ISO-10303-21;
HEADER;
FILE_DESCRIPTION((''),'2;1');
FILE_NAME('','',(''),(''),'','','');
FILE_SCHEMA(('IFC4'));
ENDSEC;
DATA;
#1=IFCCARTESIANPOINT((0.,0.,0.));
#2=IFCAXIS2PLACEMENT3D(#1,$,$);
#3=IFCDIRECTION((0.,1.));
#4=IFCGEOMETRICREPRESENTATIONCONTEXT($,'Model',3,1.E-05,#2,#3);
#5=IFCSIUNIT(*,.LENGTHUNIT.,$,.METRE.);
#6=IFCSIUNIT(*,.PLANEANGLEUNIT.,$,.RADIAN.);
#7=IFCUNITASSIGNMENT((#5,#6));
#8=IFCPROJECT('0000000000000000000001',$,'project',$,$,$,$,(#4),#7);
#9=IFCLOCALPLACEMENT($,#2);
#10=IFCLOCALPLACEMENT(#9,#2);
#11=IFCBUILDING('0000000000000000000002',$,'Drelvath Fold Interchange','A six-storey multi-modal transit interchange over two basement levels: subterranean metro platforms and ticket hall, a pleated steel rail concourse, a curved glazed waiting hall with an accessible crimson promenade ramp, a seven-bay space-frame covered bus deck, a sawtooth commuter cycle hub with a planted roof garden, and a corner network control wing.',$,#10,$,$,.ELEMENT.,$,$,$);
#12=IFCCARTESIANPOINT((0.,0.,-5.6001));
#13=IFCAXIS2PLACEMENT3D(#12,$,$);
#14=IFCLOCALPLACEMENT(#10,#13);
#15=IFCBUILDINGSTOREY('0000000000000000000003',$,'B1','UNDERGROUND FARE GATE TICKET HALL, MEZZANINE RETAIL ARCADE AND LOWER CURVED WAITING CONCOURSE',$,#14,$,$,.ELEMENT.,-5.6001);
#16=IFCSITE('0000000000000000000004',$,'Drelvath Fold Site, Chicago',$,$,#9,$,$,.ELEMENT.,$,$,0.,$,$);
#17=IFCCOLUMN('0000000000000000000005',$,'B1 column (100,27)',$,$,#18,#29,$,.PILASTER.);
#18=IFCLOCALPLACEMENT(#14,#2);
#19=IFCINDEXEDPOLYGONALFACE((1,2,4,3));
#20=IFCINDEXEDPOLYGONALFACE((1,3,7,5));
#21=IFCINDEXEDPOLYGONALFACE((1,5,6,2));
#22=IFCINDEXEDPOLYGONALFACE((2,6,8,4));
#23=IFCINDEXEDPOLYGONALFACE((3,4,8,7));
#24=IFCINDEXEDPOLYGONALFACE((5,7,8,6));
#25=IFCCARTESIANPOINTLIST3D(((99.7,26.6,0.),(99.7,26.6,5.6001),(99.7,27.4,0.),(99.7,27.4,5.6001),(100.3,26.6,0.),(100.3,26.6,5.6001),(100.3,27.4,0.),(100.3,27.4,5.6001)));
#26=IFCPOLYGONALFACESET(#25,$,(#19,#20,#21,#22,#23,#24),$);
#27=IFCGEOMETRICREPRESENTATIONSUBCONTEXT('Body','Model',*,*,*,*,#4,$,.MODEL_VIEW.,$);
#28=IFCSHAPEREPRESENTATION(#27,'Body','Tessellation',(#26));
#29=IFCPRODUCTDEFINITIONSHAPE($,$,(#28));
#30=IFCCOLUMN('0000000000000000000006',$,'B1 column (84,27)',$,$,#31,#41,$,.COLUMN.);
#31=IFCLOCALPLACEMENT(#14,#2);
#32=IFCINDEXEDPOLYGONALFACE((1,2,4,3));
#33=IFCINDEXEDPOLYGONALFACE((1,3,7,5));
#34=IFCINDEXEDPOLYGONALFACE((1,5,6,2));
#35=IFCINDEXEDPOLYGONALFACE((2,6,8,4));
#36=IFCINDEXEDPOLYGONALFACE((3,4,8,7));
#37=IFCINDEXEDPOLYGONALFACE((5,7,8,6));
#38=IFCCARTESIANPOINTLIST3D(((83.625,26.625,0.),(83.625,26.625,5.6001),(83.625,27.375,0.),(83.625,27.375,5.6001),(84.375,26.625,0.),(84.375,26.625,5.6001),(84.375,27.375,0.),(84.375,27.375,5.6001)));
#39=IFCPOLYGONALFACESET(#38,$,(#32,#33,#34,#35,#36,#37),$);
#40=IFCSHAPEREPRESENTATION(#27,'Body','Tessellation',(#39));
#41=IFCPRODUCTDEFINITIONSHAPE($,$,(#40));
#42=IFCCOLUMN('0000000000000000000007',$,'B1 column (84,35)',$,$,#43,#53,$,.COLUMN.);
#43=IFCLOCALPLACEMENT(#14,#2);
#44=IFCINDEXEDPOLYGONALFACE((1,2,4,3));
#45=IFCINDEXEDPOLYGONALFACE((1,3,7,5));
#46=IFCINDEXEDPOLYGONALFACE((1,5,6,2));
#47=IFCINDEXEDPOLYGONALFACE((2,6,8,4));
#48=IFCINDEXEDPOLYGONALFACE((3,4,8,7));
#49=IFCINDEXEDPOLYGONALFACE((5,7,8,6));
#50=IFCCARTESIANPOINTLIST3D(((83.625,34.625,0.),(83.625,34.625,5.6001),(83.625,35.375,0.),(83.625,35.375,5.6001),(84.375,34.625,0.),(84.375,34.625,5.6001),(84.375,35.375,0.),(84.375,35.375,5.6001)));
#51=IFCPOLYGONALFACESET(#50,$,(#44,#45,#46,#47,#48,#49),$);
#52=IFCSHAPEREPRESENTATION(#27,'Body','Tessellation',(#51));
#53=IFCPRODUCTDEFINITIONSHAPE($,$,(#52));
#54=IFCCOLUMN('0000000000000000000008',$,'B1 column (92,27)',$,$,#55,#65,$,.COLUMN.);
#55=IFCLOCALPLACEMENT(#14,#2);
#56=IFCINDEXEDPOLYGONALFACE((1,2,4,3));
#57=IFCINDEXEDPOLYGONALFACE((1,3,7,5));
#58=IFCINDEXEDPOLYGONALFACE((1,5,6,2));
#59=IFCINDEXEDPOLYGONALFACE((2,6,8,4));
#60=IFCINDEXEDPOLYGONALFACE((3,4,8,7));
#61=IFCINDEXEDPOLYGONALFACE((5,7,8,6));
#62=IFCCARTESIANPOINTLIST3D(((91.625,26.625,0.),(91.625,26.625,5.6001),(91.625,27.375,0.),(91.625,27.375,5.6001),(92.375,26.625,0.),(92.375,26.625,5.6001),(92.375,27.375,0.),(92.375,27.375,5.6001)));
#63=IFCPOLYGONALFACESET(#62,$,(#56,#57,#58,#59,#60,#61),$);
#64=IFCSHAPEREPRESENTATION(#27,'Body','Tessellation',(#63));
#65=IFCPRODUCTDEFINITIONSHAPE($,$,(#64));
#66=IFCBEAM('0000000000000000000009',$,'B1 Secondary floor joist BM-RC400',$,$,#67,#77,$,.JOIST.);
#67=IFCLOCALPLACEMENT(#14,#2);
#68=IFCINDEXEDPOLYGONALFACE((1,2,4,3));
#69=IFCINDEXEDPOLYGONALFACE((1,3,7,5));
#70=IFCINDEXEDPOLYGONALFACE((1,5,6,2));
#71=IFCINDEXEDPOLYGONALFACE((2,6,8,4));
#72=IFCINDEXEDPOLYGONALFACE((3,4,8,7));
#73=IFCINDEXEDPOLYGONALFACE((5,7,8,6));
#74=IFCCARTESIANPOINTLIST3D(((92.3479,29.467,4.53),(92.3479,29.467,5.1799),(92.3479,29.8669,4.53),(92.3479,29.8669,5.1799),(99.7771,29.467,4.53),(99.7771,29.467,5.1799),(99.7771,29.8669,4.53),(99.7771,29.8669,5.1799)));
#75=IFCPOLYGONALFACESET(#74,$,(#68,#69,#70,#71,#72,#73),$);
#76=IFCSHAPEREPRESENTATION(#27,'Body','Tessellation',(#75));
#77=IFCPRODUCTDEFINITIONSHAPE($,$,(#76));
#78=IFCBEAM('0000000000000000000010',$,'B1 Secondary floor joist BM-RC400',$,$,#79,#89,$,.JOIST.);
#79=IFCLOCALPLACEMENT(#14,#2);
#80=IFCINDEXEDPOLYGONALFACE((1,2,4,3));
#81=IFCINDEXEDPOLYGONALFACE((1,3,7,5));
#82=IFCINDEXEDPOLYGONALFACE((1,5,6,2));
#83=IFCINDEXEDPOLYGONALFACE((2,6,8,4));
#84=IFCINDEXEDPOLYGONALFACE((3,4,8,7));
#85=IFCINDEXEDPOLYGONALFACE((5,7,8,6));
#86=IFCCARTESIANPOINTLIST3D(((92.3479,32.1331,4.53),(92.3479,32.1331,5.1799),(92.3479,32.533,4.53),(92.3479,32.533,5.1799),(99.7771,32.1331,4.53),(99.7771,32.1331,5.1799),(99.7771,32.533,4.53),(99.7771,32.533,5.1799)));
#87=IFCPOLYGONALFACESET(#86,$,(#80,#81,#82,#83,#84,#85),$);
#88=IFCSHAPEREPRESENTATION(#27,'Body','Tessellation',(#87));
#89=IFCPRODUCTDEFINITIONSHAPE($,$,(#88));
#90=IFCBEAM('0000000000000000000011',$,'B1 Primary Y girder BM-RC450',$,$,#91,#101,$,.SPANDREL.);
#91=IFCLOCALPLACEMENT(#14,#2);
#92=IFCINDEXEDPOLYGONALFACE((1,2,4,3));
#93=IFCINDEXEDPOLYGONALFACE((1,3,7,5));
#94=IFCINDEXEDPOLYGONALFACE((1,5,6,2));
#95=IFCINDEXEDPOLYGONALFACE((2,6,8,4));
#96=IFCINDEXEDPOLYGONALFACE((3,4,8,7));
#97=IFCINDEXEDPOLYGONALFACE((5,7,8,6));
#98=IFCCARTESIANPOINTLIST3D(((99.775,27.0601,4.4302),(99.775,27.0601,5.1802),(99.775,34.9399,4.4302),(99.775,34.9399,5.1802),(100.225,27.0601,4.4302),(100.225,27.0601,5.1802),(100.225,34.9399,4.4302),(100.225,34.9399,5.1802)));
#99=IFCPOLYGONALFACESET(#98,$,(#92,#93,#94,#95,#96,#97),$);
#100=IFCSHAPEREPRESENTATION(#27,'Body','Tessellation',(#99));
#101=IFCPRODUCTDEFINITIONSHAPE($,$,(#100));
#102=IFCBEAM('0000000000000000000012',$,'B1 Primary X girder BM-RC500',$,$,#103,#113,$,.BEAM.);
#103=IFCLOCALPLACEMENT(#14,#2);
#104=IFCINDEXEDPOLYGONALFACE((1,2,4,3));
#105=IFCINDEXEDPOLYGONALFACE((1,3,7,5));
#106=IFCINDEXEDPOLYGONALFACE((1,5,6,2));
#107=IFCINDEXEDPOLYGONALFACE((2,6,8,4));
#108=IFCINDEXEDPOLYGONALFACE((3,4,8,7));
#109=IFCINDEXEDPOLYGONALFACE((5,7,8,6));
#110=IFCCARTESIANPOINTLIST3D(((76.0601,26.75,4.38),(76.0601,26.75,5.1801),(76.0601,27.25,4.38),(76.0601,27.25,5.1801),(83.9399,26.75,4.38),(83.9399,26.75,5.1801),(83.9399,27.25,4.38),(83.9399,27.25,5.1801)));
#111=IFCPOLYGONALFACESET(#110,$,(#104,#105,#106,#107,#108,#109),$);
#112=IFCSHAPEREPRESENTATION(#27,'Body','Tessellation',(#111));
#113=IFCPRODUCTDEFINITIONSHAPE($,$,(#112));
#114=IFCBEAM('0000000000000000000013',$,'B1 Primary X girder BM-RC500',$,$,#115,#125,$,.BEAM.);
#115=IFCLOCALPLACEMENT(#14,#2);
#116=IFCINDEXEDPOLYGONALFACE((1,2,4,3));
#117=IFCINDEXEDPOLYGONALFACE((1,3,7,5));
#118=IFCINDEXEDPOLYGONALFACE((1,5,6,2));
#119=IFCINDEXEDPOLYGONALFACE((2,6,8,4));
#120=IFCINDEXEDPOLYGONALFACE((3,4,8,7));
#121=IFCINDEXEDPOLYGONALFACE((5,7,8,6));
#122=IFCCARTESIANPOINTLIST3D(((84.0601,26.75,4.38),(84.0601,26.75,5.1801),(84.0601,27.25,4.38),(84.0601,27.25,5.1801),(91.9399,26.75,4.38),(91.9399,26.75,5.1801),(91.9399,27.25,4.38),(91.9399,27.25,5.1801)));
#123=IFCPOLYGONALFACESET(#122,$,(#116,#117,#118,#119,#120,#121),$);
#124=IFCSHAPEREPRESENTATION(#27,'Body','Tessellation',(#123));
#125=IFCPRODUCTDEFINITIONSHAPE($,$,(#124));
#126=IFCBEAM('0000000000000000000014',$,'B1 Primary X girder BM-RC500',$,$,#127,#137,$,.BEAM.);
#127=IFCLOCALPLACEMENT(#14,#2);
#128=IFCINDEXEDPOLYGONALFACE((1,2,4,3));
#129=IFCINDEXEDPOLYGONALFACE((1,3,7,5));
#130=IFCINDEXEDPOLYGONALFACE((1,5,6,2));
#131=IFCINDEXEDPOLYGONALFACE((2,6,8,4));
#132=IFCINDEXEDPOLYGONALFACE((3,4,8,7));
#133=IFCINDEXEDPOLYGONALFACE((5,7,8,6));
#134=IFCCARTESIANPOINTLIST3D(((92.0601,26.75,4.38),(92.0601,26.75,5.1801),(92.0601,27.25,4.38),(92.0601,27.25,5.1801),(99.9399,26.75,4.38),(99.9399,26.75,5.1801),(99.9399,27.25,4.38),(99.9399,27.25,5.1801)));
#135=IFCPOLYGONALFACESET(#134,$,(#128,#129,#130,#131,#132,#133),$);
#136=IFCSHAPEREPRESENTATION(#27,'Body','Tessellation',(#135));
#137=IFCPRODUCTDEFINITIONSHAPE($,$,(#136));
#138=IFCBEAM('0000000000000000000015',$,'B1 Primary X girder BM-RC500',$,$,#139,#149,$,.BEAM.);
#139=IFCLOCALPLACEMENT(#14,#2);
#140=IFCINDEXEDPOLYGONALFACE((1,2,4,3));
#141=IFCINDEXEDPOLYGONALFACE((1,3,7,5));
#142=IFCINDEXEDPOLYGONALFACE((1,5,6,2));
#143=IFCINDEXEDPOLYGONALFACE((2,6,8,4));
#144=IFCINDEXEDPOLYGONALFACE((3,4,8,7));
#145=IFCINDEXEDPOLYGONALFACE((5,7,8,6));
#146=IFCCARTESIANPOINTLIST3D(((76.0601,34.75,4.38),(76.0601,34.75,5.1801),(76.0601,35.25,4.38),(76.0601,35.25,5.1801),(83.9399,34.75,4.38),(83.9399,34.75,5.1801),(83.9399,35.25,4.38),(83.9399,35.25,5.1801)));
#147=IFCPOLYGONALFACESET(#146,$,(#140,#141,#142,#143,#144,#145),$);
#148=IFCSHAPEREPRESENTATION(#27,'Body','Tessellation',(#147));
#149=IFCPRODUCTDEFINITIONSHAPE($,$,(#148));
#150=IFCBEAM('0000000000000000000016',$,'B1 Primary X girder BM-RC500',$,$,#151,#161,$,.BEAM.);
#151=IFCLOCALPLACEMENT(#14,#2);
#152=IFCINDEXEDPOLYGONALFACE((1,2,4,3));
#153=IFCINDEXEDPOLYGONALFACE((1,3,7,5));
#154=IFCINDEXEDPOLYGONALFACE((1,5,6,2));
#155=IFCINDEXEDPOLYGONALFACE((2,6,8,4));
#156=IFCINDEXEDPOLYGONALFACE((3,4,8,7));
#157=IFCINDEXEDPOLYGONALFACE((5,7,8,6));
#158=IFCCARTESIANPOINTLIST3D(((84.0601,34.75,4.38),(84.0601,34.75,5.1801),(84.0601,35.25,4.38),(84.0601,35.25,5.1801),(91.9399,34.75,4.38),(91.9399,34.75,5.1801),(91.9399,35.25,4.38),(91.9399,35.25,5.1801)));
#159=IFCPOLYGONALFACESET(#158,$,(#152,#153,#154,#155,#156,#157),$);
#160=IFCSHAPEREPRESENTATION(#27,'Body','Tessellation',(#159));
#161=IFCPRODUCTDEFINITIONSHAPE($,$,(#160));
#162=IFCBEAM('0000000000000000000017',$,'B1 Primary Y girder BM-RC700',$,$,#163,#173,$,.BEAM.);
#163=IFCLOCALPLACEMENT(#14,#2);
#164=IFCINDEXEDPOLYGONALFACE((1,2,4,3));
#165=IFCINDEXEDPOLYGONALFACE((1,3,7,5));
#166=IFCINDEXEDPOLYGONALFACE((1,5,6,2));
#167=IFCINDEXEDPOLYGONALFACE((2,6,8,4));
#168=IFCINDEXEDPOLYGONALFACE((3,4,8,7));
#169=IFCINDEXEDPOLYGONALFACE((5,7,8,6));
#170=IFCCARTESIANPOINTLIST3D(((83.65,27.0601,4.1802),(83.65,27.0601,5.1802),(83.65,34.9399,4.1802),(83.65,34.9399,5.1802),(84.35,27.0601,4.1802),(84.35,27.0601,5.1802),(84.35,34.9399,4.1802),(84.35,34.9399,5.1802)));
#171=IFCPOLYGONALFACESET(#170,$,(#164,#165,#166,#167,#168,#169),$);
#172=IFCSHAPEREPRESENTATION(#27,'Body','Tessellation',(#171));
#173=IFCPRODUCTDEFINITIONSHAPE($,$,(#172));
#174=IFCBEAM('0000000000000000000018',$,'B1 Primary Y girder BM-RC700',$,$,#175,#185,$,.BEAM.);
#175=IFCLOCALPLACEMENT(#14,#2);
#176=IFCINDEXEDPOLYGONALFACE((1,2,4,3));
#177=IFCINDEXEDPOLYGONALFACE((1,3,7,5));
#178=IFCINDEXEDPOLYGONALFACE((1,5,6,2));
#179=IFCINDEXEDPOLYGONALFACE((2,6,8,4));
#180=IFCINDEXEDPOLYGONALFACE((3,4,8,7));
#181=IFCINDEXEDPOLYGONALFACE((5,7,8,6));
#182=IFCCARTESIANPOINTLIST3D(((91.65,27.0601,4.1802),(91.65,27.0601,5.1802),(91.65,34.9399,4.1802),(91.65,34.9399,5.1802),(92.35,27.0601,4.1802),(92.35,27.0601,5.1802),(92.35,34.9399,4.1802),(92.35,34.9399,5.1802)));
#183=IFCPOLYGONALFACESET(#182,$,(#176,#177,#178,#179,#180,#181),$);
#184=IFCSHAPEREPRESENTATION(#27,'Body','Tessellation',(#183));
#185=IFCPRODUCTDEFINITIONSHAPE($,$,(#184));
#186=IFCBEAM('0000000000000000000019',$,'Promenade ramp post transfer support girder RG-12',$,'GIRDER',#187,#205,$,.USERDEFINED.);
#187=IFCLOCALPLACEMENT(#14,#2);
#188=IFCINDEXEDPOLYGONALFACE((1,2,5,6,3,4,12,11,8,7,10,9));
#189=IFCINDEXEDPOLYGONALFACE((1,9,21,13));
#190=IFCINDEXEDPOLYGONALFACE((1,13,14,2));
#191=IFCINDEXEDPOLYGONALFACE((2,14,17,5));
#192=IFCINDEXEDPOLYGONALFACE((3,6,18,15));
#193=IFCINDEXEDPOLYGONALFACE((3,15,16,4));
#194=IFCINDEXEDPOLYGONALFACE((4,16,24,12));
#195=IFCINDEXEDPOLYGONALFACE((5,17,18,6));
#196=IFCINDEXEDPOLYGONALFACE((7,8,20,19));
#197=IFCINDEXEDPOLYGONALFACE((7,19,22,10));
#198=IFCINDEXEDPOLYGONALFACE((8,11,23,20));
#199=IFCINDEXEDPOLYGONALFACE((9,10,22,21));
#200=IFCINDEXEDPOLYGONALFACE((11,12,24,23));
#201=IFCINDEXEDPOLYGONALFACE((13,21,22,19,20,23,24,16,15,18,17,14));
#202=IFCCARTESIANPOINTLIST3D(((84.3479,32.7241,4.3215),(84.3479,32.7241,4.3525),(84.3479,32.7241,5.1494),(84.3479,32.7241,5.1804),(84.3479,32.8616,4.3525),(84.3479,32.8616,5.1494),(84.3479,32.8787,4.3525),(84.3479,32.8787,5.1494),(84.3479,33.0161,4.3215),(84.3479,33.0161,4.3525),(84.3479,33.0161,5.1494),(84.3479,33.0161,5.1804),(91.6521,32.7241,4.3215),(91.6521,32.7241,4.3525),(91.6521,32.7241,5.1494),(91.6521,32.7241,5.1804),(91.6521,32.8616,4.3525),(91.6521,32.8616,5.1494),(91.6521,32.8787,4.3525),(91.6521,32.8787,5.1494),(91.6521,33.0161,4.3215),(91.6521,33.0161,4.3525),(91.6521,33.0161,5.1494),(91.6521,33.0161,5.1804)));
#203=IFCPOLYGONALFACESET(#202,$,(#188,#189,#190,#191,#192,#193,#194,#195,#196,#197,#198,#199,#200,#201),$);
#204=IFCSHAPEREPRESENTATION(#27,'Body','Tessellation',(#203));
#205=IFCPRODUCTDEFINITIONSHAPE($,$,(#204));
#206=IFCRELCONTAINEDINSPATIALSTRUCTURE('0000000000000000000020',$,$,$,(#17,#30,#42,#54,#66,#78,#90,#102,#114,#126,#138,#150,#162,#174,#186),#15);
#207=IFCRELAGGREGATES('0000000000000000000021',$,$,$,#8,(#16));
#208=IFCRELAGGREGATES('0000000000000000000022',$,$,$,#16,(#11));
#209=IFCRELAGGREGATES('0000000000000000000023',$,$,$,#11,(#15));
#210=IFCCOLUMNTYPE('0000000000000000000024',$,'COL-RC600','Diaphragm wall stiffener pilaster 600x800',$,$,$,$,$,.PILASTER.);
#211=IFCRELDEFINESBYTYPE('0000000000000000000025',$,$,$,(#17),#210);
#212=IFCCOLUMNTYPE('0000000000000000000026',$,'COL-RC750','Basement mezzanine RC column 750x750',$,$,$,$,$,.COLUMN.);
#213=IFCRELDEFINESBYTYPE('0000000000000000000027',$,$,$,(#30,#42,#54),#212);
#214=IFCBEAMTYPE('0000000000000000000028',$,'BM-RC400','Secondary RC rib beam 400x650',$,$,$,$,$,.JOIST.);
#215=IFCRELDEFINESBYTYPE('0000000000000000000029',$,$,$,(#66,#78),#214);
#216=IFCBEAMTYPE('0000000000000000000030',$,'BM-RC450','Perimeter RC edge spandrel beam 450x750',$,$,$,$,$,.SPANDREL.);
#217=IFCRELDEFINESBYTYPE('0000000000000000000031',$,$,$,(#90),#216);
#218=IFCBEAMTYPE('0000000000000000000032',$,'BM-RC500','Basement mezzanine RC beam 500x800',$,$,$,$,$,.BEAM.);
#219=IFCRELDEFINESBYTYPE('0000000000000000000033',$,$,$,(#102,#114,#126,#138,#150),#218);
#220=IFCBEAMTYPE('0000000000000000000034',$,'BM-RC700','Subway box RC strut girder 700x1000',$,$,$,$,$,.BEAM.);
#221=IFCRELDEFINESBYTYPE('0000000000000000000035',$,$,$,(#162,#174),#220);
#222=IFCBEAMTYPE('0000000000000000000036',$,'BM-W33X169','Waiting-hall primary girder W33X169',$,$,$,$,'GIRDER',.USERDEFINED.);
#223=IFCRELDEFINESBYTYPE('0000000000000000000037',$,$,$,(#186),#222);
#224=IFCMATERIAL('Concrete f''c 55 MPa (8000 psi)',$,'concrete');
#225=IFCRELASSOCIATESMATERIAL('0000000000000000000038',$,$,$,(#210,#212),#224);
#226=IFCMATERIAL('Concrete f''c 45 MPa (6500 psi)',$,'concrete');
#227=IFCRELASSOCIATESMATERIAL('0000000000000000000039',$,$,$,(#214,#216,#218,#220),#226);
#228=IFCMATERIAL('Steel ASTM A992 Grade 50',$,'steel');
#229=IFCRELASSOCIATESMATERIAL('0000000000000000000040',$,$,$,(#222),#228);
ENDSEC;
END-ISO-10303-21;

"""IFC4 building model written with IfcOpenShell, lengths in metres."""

from ifc_helpers import new_model, si_unit, direction, frame, origin, origin_2d, place, context, subcontext, project, spatial, rectangle, i_section, extrude, material, material_profile, profile_set, type_object, element, save


model = new_model("IFC4")

# Units and contexts
model_context = context("Model", 3, precision=1e-05, world=origin(), true_north=direction((0.0, 1.0)))
body_context = subcontext(model_context, "Body", "Model", "MODEL_VIEW")
ifc_project = project(units=[si_unit("LENGTHUNIT", "METRE"), si_unit("PLANEANGLEUNIT", "RADIAN")], contexts=[model_context])

# Site, building, storey
site_placement = place(None, origin())
site = spatial("IfcSite", under=ifc_project, at=site_placement, Name="Drelvath Fold Site, Chicago", CompositionType="ELEMENT", RefElevation=0.0)
building_placement = place(site_placement, origin())
building = spatial("IfcBuilding", under=site, at=building_placement, Name="Drelvath Fold Interchange", Description="A six-storey multi-modal transit interchange over two basement levels: subterranean metro platforms and ticket hall, a pleated steel rail concourse, a curved glazed waiting hall with an accessible crimson promenade ramp, a seven-bay space-frame covered bus deck, a sawtooth commuter cycle hub with a planted roof garden, and a corner network control wing.", CompositionType="ELEMENT")
storey_placement = place(building_placement, frame((0.0, 0.0, -5.6001)))
storey = spatial("IfcBuildingStorey", under=building, at=storey_placement, Name="B1", Description="UNDERGROUND FARE GATE TICKET HALL, MEZZANINE RETAIL ARCADE AND LOWER CURVED WAITING CONCOURSE", CompositionType="ELEMENT", Elevation=-5.6001)

# Columns
ifc_material_1 = material(Name="Concrete f'c 55 MPa (8000 psi)", Category="concrete")
ifc_material_profile_1 = material_profile(ifc_material_1, rectangle(XDim=0.6001, YDim=0.8, at=origin_2d()), Name="RC 600x800")
ifc_profile_set_1 = profile_set([ifc_material_profile_1], Name="Concrete f'c 55 MPa (8000 psi)")
column_type_1 = type_object("IfcColumnType", Name="COL-RC600", Description="Diaphragm wall stiffener pilaster 600x800", PredefinedType="PILASTER", material=ifc_profile_set_1)
column_placement = place(storey_placement, frame((100.0, 27.0, 0.0), z_axis=(0.0, 0.0, 1.0), x_axis=(1.0, 0.0, 0.0)))
element("IfcColumn", 1, at=column_placement, inside=storey, type_object=column_type_1, Name="B1 column (100,27)", PredefinedType="PILASTER", context=body_context, shape_type="SweptSolid", body=[
    extrude(rectangle(XDim=0.6001, YDim=0.8, at=origin_2d()), origin(), (0.0, 0.0, 1.0), 5.6001),
])
ifc_material_profile_2 = material_profile(ifc_material_1, rectangle(XDim=0.75, YDim=0.75, at=origin_2d()), Name="RC 750x750")
ifc_profile_set_2 = profile_set([ifc_material_profile_2], Name="Concrete f'c 55 MPa (8000 psi)")
column_type_2 = type_object("IfcColumnType", Name="COL-RC750", Description="Basement mezzanine RC column 750x750", PredefinedType="COLUMN", material=ifc_profile_set_2)
for number, where, z_axis, x_axis, name in (
    (2, (84.0, 27.0, 0.0), (0.0, 0.0, 1.0), (1.0, 0.0, 0.0), "B1 column (84,27)"),
    (3, (84.0, 35.0, 0.0), (0.0, 0.0, 1.0), (1.0, 0.0, 0.0), "B1 column (84,35)"),
    (4, (92.0, 27.0, 0.0), (0.0, 0.0, 1.0), (1.0, 0.0, 0.0), "B1 column (92,27)"),
):
    element("IfcColumn", number, at=place(storey_placement, frame(where, z_axis=z_axis, x_axis=x_axis)), inside=storey, type_object=column_type_2, Name=name, PredefinedType="COLUMN", context=body_context, shape_type="SweptSolid", body=[
        extrude(rectangle(XDim=0.75, YDim=0.75, at=origin_2d()), origin(), (0.0, 0.0, 1.0), 5.6001),
    ])

# Beams
ifc_material_2 = material(Name="Concrete f'c 45 MPa (6500 psi)", Category="concrete")
ifc_material_profile_3 = material_profile(ifc_material_2, rectangle(XDim=0.3999, YDim=0.6499, at=origin_2d()), Name="RC 400x650")
ifc_profile_set_3 = profile_set([ifc_material_profile_3], Name="Concrete f'c 45 MPa (6500 psi)")
beam_type_1 = type_object("IfcBeamType", Name="BM-RC400", Description="Secondary RC rib beam 400x650", PredefinedType="JOIST", material=ifc_profile_set_3)
for number, where, z_axis, x_axis, name in (
    (5, (92.3479, 29.667, 4.855), (1.0, 0.0, 0.0), (0.0, 1.0, 0.0), "B1 Secondary floor joist BM-RC400"),
    (6, (92.3479, 32.333, 4.855), (1.0, 0.0, 0.0), (0.0, 1.0, 0.0), "B1 Secondary floor joist BM-RC400"),
):
    element("IfcBeam", number, at=place(storey_placement, frame(where, z_axis=z_axis, x_axis=x_axis)), inside=storey, type_object=beam_type_1, Name=name, PredefinedType="JOIST", context=body_context, shape_type="SweptSolid", body=[
        extrude(rectangle(XDim=0.3999, YDim=0.6499, at=origin_2d()), origin(), (0.0, 0.0, 1.0), 7.4292),
    ])
ifc_material_profile_4 = material_profile(ifc_material_2, rectangle(XDim=0.45, YDim=0.75, at=origin_2d()), Name="RC 450x750")
ifc_profile_set_4 = profile_set([ifc_material_profile_4], Name="Concrete f'c 45 MPa (6500 psi)")
beam_type_2 = type_object("IfcBeamType", Name="BM-RC450", Description="Perimeter RC edge spandrel beam 450x750", PredefinedType="SPANDREL", material=ifc_profile_set_4)
beam_1_placement = place(storey_placement, frame((100.0, 27.0601, 4.8052), z_axis=(0.0, 1.0, 0.0), x_axis=(-1.0, 0.0, 0.0)))
element("IfcBeam", 7, at=beam_1_placement, inside=storey, type_object=beam_type_2, Name="B1 Primary Y girder BM-RC450", PredefinedType="SPANDREL", context=body_context, shape_type="SweptSolid", body=[
    extrude(rectangle(XDim=0.45, YDim=0.75, at=origin_2d()), origin(), (0.0, 0.0, 1.0), 7.8799),
])
ifc_material_profile_5 = material_profile(ifc_material_2, rectangle(XDim=0.5, YDim=0.8, at=origin_2d()), Name="RC 500x800")
ifc_profile_set_5 = profile_set([ifc_material_profile_5], Name="Concrete f'c 45 MPa (6500 psi)")
beam_type_3 = type_object("IfcBeamType", Name="BM-RC500", Description="Basement mezzanine RC beam 500x800", PredefinedType="BEAM", material=ifc_profile_set_5)
for number, where, z_axis, x_axis, name in (
    (8, (76.0601, 27.0, 4.78), (1.0, 0.0, 0.0), (0.0, 1.0, 0.0), "B1 Primary X girder BM-RC500"),
    (9, (84.0601, 27.0, 4.78), (1.0, 0.0, 0.0), (0.0, 1.0, 0.0), "B1 Primary X girder BM-RC500"),
    (10, (92.0601, 27.0, 4.78), (1.0, 0.0, 0.0), (0.0, 1.0, 0.0), "B1 Primary X girder BM-RC500"),
    (11, (76.0601, 35.0, 4.78), (1.0, 0.0, 0.0), (0.0, 1.0, 0.0), "B1 Primary X girder BM-RC500"),
    (12, (84.0601, 35.0, 4.78), (1.0, 0.0, 0.0), (0.0, 1.0, 0.0), "B1 Primary X girder BM-RC500"),
):
    element("IfcBeam", number, at=place(storey_placement, frame(where, z_axis=z_axis, x_axis=x_axis)), inside=storey, type_object=beam_type_3, Name=name, PredefinedType="BEAM", context=body_context, shape_type="SweptSolid", body=[
        extrude(rectangle(XDim=0.5, YDim=0.8, at=origin_2d()), origin(), (0.0, 0.0, 1.0), 7.8799),
    ])
ifc_material_profile_6 = material_profile(ifc_material_2, rectangle(XDim=0.7, YDim=1.0, at=origin_2d()), Name="RC 700x1000")
ifc_profile_set_6 = profile_set([ifc_material_profile_6], Name="Concrete f'c 45 MPa (6500 psi)")
beam_type_4 = type_object("IfcBeamType", Name="BM-RC700", Description="Subway box RC strut girder 700x1000", PredefinedType="BEAM", material=ifc_profile_set_6)
for number, where, z_axis, x_axis, name in (
    (13, (84.0, 27.0601, 4.6802), (0.0, 1.0, 0.0), (-1.0, 0.0, 0.0), "B1 Primary Y girder BM-RC700"),
    (14, (92.0, 27.0601, 4.6802), (0.0, 1.0, 0.0), (-1.0, 0.0, 0.0), "B1 Primary Y girder BM-RC700"),
):
    element("IfcBeam", number, at=place(storey_placement, frame(where, z_axis=z_axis, x_axis=x_axis)), inside=storey, type_object=beam_type_4, Name=name, PredefinedType="BEAM", context=body_context, shape_type="SweptSolid", body=[
        extrude(rectangle(XDim=0.7, YDim=1.0, at=origin_2d()), origin(), (0.0, 0.0, 1.0), 7.8799),
    ])
ifc_material_3 = material(Name="Steel ASTM A992 Grade 50", Category="steel")
ifc_material_profile_7 = material_profile(ifc_material_3, i_section(OverallWidth=0.292, OverallDepth=0.8589, WebThickness=0.0171, FlangeThickness=0.031, at=origin_2d()), Name="W33X169")
ifc_profile_set_7 = profile_set([ifc_material_profile_7], Name="Steel ASTM A992 Grade 50")
beam_type_5 = type_object("IfcBeamType", Name="BM-W33X169", Description="Waiting-hall primary girder W33X169", ElementType="GIRDER", PredefinedType="USERDEFINED", material=ifc_profile_set_7)
beam_2_placement = place(storey_placement, frame((84.3479, 32.8701, 4.751), z_axis=(1.0, 0.0, 0.0), x_axis=(0.0, 1.0, 0.0)))
element("IfcBeam", 15, at=beam_2_placement, inside=storey, type_object=beam_type_5, Name="Promenade ramp post transfer support girder RG-12", ObjectType="GIRDER", PredefinedType="USERDEFINED", context=body_context, shape_type="SweptSolid", body=[
    extrude(i_section(OverallWidth=0.292, OverallDepth=0.8589, WebThickness=0.0171, FlangeThickness=0.031, at=origin_2d()), origin(), (0.0, 0.0, 1.0), 7.3042),
])

save(model, "model.ifc")
